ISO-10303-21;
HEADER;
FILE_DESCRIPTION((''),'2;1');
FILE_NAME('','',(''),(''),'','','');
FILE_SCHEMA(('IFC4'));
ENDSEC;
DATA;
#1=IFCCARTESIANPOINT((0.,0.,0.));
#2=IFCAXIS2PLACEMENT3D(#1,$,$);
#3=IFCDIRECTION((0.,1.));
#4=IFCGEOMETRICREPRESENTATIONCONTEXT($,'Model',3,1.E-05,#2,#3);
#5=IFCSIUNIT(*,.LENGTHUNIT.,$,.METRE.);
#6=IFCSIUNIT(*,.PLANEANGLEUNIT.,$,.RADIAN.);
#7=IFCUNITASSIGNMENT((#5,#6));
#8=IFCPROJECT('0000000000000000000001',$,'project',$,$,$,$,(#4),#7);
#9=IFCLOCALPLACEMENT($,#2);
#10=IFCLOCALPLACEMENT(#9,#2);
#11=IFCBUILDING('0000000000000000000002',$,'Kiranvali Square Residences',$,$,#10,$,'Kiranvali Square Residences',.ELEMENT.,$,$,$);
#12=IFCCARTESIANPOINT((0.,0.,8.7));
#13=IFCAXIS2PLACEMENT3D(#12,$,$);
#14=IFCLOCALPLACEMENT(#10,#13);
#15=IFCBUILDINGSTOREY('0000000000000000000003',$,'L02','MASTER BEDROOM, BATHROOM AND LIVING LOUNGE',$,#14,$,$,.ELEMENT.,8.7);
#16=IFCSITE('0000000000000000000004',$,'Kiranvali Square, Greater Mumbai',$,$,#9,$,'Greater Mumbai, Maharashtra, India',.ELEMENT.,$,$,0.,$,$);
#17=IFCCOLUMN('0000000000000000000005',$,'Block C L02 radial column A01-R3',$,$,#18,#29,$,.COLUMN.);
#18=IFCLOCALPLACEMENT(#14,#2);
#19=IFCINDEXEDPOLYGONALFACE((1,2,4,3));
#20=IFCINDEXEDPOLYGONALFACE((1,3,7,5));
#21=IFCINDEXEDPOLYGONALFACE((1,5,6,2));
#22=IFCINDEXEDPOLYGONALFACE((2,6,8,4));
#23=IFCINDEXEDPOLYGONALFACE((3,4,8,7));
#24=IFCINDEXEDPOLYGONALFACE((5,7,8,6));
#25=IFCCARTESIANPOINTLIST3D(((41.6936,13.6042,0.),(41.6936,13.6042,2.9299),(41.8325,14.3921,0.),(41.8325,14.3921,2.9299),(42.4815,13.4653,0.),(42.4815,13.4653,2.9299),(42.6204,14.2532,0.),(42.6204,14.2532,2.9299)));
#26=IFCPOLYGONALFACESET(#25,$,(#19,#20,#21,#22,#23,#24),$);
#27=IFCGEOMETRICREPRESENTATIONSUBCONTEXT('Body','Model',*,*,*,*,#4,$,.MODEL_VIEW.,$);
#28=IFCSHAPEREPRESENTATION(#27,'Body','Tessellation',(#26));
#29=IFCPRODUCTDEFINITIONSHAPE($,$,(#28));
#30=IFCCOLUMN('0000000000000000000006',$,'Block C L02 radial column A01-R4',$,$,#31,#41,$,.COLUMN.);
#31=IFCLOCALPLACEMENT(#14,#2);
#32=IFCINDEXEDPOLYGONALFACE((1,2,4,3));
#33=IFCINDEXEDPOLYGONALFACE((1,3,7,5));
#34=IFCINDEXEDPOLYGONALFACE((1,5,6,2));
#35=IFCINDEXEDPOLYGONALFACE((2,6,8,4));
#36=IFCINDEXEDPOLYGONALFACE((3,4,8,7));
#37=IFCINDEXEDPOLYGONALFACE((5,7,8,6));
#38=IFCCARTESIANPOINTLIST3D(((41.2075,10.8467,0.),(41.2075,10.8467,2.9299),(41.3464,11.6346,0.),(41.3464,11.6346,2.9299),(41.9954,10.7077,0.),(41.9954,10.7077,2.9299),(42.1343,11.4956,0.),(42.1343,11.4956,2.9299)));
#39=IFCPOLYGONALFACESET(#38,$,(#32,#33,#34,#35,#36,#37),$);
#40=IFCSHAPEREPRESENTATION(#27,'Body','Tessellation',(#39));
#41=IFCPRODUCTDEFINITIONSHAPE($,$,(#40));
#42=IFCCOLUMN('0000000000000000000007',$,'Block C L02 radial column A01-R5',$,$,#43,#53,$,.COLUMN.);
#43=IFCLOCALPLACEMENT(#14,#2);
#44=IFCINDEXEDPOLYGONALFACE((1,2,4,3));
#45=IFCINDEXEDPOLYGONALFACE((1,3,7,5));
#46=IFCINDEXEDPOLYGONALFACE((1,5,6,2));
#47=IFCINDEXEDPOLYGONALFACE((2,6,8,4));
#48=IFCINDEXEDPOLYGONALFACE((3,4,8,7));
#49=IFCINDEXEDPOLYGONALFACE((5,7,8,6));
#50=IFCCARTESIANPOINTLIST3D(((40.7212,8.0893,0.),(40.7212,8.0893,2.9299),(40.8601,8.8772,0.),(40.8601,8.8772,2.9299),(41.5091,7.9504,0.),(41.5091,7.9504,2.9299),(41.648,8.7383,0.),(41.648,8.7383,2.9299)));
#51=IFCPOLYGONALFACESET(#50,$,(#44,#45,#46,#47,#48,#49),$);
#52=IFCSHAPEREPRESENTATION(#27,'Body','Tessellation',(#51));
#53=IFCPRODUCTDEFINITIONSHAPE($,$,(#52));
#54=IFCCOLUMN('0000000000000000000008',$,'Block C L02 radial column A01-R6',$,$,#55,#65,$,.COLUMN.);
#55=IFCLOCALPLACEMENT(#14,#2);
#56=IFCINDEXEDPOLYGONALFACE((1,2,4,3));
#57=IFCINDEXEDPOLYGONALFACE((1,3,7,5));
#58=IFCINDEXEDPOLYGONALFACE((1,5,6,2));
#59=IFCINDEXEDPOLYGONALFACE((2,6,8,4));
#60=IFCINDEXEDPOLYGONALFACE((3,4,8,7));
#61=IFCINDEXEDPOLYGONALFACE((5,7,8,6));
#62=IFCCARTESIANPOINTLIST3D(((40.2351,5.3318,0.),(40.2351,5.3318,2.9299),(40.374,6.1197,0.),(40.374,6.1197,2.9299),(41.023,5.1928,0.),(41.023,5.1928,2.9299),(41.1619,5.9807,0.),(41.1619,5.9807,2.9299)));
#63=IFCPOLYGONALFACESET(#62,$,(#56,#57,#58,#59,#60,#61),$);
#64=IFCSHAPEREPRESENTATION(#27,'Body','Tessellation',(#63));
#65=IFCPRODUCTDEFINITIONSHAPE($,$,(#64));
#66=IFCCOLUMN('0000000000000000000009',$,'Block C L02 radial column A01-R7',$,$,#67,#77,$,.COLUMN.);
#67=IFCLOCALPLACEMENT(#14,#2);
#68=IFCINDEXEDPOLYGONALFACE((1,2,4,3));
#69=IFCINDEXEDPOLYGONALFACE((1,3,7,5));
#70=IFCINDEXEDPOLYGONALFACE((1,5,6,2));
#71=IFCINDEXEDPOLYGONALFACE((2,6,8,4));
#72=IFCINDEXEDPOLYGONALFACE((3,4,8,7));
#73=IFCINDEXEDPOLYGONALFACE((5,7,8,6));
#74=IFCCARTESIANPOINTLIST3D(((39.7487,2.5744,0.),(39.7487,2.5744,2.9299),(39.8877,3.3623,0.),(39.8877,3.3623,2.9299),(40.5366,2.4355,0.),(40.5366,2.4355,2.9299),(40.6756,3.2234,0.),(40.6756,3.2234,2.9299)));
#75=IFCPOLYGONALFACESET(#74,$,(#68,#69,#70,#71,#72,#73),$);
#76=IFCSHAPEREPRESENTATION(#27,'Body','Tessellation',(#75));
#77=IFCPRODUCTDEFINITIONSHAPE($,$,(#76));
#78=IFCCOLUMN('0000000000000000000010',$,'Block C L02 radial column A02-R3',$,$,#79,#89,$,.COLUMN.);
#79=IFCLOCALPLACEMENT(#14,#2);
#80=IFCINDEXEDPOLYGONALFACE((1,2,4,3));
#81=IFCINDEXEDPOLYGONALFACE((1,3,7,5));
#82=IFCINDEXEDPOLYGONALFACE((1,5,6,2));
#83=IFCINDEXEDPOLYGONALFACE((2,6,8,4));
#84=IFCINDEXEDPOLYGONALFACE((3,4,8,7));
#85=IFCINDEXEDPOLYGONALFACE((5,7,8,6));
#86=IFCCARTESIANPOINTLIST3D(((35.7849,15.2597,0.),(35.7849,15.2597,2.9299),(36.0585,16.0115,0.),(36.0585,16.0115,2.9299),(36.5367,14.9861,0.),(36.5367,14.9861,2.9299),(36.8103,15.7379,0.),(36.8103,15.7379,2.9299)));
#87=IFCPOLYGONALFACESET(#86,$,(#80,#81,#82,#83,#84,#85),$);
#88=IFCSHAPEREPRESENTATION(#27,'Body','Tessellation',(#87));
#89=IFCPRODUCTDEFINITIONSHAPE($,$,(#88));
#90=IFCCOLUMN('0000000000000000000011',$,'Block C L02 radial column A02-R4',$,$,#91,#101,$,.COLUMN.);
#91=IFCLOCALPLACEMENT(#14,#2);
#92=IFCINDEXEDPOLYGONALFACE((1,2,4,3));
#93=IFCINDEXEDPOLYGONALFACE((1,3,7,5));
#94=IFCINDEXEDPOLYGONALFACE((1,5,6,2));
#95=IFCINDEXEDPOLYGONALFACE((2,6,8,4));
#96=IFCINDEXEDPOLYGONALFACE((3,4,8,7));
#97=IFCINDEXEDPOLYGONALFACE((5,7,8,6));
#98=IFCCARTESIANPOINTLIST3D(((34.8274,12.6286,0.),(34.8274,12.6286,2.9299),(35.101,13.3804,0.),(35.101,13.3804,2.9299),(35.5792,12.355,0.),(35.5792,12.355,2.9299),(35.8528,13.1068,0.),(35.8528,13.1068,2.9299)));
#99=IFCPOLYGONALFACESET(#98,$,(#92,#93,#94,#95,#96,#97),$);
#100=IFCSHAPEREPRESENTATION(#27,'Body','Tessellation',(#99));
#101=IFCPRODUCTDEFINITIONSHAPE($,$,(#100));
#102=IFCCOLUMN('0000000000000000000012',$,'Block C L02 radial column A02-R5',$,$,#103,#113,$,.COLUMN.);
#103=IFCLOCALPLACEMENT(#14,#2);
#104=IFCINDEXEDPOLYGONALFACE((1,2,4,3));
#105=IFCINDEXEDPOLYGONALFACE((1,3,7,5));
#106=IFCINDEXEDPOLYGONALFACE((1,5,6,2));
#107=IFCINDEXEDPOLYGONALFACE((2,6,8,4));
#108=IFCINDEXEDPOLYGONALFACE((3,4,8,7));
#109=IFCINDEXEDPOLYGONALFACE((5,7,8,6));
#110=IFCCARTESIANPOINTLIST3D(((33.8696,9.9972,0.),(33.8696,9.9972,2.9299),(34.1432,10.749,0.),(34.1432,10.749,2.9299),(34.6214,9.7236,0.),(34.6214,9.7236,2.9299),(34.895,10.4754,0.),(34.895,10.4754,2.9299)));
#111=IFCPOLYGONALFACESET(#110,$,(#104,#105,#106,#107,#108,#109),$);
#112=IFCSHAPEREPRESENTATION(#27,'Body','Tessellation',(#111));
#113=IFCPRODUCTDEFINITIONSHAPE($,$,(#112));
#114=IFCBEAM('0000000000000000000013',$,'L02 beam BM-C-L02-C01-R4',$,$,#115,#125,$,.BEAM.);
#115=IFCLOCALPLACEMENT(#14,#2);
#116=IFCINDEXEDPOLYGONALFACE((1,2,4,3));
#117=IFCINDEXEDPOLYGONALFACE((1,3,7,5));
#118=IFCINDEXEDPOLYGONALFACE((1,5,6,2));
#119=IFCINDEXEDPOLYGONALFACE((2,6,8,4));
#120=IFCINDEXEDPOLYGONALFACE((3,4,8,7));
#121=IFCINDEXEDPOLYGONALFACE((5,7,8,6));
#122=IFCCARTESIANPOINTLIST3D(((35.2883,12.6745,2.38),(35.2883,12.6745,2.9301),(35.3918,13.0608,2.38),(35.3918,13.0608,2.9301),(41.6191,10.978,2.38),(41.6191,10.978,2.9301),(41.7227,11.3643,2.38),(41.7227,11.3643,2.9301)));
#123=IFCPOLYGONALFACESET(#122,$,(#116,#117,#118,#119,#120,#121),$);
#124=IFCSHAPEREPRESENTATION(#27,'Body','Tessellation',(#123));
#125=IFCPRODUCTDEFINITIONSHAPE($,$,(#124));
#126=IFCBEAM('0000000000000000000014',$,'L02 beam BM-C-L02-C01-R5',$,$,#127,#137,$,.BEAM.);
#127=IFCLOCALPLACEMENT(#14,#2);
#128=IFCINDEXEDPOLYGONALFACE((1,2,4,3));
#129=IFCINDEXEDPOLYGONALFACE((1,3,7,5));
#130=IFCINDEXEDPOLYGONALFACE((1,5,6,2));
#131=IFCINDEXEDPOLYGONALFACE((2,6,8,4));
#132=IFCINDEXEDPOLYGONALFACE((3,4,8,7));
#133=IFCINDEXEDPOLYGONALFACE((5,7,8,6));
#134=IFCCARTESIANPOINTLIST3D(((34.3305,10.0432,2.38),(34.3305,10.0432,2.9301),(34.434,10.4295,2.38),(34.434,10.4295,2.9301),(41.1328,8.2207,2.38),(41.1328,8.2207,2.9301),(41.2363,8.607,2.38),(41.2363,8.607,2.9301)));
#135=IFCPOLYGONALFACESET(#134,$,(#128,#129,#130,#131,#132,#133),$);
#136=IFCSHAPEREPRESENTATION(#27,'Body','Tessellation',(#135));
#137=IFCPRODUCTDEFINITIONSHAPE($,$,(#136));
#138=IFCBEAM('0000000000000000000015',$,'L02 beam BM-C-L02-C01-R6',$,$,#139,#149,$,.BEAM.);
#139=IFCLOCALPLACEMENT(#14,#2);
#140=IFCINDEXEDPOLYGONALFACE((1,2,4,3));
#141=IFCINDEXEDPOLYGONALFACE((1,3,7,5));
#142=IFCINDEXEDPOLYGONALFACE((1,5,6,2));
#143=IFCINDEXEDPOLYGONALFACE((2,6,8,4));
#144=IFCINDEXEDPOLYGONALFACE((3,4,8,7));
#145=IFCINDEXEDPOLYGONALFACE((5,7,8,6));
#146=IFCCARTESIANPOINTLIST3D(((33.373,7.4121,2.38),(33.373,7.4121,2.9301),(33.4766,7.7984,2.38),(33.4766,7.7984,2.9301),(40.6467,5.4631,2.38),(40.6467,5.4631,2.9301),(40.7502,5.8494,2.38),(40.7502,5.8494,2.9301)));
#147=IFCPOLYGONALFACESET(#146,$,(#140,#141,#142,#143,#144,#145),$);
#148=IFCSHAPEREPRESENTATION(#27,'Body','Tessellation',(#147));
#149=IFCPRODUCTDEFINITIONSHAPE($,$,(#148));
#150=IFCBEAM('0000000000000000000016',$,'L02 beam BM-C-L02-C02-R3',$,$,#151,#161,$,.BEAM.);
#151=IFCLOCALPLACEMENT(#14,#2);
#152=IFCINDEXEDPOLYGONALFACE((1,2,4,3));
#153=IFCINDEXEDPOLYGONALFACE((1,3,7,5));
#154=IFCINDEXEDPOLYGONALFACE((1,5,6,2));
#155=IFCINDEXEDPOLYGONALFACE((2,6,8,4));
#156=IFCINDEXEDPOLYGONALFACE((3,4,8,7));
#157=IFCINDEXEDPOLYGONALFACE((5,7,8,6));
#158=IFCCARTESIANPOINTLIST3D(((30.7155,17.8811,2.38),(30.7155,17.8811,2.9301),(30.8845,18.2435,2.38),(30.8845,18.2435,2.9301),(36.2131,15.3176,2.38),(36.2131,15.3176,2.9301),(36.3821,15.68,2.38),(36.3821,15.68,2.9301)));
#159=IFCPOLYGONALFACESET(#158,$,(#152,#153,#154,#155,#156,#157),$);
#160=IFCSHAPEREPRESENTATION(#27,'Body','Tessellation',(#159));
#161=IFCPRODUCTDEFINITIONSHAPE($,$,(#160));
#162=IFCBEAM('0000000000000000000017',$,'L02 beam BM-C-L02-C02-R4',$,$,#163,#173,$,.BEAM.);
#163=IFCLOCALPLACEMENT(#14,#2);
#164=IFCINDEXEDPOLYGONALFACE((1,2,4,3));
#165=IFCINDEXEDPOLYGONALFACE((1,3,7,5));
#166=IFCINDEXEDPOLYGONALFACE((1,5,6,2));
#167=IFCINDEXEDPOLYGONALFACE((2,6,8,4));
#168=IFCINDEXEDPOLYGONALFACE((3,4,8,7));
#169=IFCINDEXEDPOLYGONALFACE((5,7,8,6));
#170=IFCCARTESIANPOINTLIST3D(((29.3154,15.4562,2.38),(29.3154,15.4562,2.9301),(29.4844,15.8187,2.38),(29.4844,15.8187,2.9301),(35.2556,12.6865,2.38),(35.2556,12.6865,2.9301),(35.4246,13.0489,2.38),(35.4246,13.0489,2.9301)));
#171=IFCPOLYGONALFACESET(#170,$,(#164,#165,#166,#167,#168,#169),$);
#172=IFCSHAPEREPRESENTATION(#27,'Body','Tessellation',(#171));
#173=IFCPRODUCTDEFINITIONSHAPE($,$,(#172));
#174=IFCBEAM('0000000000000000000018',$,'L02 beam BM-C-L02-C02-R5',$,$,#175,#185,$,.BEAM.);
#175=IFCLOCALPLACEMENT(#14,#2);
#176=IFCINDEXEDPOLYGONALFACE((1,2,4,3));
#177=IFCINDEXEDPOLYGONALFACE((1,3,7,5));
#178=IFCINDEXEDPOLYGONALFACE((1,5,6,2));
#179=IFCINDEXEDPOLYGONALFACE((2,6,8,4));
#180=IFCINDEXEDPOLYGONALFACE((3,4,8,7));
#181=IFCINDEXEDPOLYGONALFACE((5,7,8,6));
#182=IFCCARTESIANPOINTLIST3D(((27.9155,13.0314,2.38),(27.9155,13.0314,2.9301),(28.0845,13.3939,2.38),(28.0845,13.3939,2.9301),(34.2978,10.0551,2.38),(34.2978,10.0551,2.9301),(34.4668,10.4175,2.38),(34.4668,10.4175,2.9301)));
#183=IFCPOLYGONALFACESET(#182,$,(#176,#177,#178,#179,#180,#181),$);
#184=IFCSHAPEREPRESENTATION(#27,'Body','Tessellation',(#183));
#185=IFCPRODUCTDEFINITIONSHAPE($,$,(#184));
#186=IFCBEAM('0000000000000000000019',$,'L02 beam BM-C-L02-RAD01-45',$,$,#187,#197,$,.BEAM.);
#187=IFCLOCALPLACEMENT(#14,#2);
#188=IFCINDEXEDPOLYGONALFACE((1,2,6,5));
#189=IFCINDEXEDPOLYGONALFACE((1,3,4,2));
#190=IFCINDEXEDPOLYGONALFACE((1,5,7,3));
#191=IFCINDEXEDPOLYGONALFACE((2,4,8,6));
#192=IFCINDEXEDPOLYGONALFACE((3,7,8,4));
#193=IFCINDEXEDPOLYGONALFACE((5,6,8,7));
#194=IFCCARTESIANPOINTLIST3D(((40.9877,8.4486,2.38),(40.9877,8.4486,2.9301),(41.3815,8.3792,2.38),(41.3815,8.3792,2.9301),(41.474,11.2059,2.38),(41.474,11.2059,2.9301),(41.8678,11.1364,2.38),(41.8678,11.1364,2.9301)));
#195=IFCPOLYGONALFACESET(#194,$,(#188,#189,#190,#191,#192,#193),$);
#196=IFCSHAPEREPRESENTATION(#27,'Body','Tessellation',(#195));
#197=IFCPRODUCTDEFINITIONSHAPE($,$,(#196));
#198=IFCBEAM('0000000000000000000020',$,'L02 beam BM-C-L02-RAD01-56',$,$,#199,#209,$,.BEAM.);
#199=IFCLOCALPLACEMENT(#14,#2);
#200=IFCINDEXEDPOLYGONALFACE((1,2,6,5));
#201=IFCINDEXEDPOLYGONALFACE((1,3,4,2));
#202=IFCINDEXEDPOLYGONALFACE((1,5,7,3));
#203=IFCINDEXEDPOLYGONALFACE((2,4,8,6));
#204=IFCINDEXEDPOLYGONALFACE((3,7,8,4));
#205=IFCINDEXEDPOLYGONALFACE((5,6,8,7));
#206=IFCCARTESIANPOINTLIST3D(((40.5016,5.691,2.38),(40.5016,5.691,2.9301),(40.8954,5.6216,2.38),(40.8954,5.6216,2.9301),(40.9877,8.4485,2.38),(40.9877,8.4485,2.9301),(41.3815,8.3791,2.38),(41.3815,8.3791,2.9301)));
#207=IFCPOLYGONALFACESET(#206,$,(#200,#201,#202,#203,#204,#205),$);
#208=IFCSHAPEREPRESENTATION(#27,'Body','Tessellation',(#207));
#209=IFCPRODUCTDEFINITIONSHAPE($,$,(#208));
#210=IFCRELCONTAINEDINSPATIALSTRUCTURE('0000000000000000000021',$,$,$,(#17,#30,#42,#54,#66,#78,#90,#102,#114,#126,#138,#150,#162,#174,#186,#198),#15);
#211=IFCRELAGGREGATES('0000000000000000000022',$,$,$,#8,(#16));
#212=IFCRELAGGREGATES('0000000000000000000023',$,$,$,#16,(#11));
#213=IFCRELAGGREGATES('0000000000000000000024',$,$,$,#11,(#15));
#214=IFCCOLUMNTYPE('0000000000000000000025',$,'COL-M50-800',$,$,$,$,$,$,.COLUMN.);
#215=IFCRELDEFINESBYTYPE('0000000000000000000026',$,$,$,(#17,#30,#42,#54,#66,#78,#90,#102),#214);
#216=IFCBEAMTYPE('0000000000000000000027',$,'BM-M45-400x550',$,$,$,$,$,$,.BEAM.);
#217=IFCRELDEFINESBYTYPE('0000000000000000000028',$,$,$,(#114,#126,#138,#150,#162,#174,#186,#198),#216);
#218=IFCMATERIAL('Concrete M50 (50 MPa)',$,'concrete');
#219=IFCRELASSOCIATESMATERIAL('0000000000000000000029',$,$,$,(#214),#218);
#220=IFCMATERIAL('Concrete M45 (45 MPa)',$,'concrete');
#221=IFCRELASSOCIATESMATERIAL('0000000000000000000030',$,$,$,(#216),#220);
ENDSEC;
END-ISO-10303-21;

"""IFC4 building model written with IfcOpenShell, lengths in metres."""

from ifc_helpers import new_model, si_unit, direction, frame, origin, origin_2d, place, context, subcontext, project, spatial, rectangle, extrude, material, material_profile, profile_set, type_object, element, save


model = new_model("IFC4")

# Units and contexts
model_context = context("Model", 3, precision=1e-05, world=origin(), true_north=direction((0.0, 1.0)))
body_context = subcontext(model_context, "Body", "Model", "MODEL_VIEW")
ifc_project = project(units=[si_unit("LENGTHUNIT", "METRE"), si_unit("PLANEANGLEUNIT", "RADIAN")], contexts=[model_context])

# Site, building, storey
site_placement = place(None, origin())
site = spatial("IfcSite", under=ifc_project, at=site_placement, Name="Kiranvali Square, Greater Mumbai", LongName="Greater Mumbai, Maharashtra, India", CompositionType="ELEMENT", RefElevation=0.0)
building_placement = place(site_placement, origin())
building = spatial("IfcBuilding", under=site, at=building_placement, Name="Kiranvali Square Residences", LongName="Kiranvali Square Residences", CompositionType="ELEMENT")
storey_placement = place(building_placement, frame((0.0, 0.0, 8.7)))
storey = spatial("IfcBuildingStorey", under=building, at=storey_placement, Name="L02", Description="MASTER BEDROOM, BATHROOM AND LIVING LOUNGE", CompositionType="ELEMENT", Elevation=8.7)

# Columns
ifc_material_1 = material(Name="Concrete M50 (50 MPa)", Category="concrete")
ifc_material_profile_1 = material_profile(ifc_material_1, rectangle(XDim=0.8, YDim=0.8, at=origin_2d()), Name="RC 800x800")
ifc_profile_set_1 = profile_set([ifc_material_profile_1], Name="Concrete M50 (50 MPa)")
column_type = type_object("IfcColumnType", Name="COL-M50-800", PredefinedType="COLUMN", material=ifc_profile_set_1)
for number, where, z_axis, x_axis, name in (
    (1, (42.157, 13.9287, 0.0), (0.0, 0.0, 1.0), (-0.984808, 0.173648, 0.0), "Block C L02 radial column A01-R3"),
    (2, (41.6709, 11.1711, 0.0), (0.0, 0.0, 1.0), (-0.984808, 0.173648, 0.0), "Block C L02 radial column A01-R4"),
    (3, (41.1846, 8.4138, 0.0), (0.0, 0.0, 1.0), (-0.984808, 0.173648, 0.0), "Block C L02 radial column A01-R5"),
    (4, (40.6985, 5.6562, 0.0), (0.0, 0.0, 1.0), (-0.984808, 0.173648, 0.0), "Block C L02 radial column A01-R6"),
    (5, (40.2122, 2.8989, 0.0), (0.0, 0.0, 1.0), (-0.984808, 0.173648, 0.0), "Block C L02 radial column A01-R7"),
    (6, (36.2976, 15.4988, 0.0), (0.0, 0.0, 1.0), (-0.939693, 0.34202, 0.0), "Block C L02 radial column A02-R3"),
    (7, (35.3401, 12.8677, 0.0), (0.0, 0.0, 1.0), (-0.939693, 0.34202, 0.0), "Block C L02 radial column A02-R4"),
    (8, (34.3823, 10.2363, 0.0), (0.0, 0.0, 1.0), (-0.939693, 0.34202, 0.0), "Block C L02 radial column A02-R5"),
):
    element("IfcColumn", number, at=place(storey_placement, frame(where, z_axis=z_axis, x_axis=x_axis)), inside=storey, type_object=column_type, Name=name, PredefinedType="COLUMN", context=body_context, shape_type="SweptSolid", body=[
        extrude(rectangle(XDim=0.8, YDim=0.8, at=origin_2d()), origin(), (0.0, 0.0, 1.0), 2.9299),
    ])

# Beams
ifc_material_2 = material(Name="Concrete M45 (45 MPa)", Category="concrete")
ifc_material_profile_2 = material_profile(ifc_material_2, rectangle(XDim=0.3999, YDim=0.55, at=origin_2d()), Name="RC 400x550")
ifc_profile_set_2 = profile_set([ifc_material_profile_2], Name="Concrete M45 (45 MPa)")
beam_type_1 = type_object("IfcBeamType", Name="BM-M45-400x550", PredefinedType="BEAM", material=ifc_profile_set_2)
beam_1_placement = place(storey_placement, frame((41.6709, 11.1711, 2.655), z_axis=(-0.965918, 0.258847, 0.0), x_axis=(-0.258847, -0.965918, 0.0)))
element("IfcBeam", 9, at=beam_1_placement, inside=storey, type_object=beam_type_1, Name="L02 beam BM-C-L02-C01-R4", PredefinedType="BEAM", context=body_context, shape_type="SweptSolid", body=[
    extrude(rectangle(XDim=0.3999, YDim=0.55, at=origin_2d()), origin(), (0.0, 0.0, 1.0), 6.5542),
])
beam_2_placement = place(storey_placement, frame((41.1846, 8.4138, 2.655), z_axis=(-0.965931, 0.2588, 0.0), x_axis=(-0.2588, -0.965931, 0.0)))
element("IfcBeam", 10, at=beam_2_placement, inside=storey, type_object=beam_type_1, Name="L02 beam BM-C-L02-C01-R5", PredefinedType="BEAM", context=body_context, shape_type="SweptSolid", body=[
    extrude(rectangle(XDim=0.3999, YDim=0.55, at=origin_2d()), origin(), (0.0, 0.0, 1.0), 7.0422),
])
beam_3_placement = place(storey_placement, frame((40.6985, 5.6562, 2.655), z_axis=(-0.965926, 0.258819, 0.0), x_axis=(-0.258819, -0.965926, 0.0)))
element("IfcBeam", 11, at=beam_3_placement, inside=storey, type_object=beam_type_1, Name="L02 beam BM-C-L02-C01-R6", PredefinedType="BEAM", context=body_context, shape_type="SweptSolid", body=[
    extrude(rectangle(XDim=0.3999, YDim=0.55, at=origin_2d()), origin(), (0.0, 0.0, 1.0), 7.5303),
])
beam_4_placement = place(storey_placement, frame((36.2976, 15.4988, 2.655), z_axis=(-0.906313, 0.422608, 0.0), x_axis=(-0.422608, -0.906313, 0.0)))
element("IfcBeam", 12, at=beam_4_placement, inside=storey, type_object=beam_type_1, Name="L02 beam BM-C-L02-C02-R3", PredefinedType="BEAM", context=body_context, shape_type="SweptSolid", body=[
    extrude(rectangle(XDim=0.3999, YDim=0.55, at=origin_2d()), origin(), (0.0, 0.0, 1.0), 6.0659),
])
beam_5_placement = place(storey_placement, frame((35.3401, 12.8677, 2.655), z_axis=(-0.906318, 0.422596, 0.0), x_axis=(-0.422596, -0.906318, 0.0)))
element("IfcBeam", 13, at=beam_5_placement, inside=storey, type_object=beam_type_1, Name="L02 beam BM-C-L02-C02-R4", PredefinedType="BEAM", context=body_context, shape_type="SweptSolid", body=[
    extrude(rectangle(XDim=0.3999, YDim=0.55, at=origin_2d()), origin(), (0.0, 0.0, 1.0), 6.5542),
])
beam_6_placement = place(storey_placement, frame((34.3823, 10.2363, 2.655), z_axis=(-0.906297, 0.422641, 0.0), x_axis=(-0.422641, -0.906297, 0.0)))
element("IfcBeam", 14, at=beam_6_placement, inside=storey, type_object=beam_type_1, Name="L02 beam BM-C-L02-C02-R5", PredefinedType="BEAM", context=body_context, shape_type="SweptSolid", body=[
    extrude(rectangle(XDim=0.3999, YDim=0.55, at=origin_2d()), origin(), (0.0, 0.0, 1.0), 7.0422),
])
beam_7_placement = place(storey_placement, frame((41.6709, 11.1711, 2.655), z_axis=(-0.173696, -0.984799, 0.0), x_axis=(0.984799, -0.173696, 0.0)))
element("IfcBeam", 15, at=beam_7_placement, inside=storey, type_object=beam_type_1, Name="L02 beam BM-C-L02-RAD01-45", PredefinedType="BEAM", context=body_context, shape_type="SweptSolid", body=[
    extrude(rectangle(XDim=0.3999, YDim=0.55, at=origin_2d()), origin(), (0.0, 0.0, 1.0), 2.7998),
])
beam_8_placement = place(storey_placement, frame((41.1846, 8.4138, 2.655), z_axis=(-0.173596, -0.984817, 0.0), x_axis=(0.984817, -0.173596, 0.0)))
element("IfcBeam", 16, at=beam_8_placement, inside=storey, type_object=beam_type_1, Name="L02 beam BM-C-L02-RAD01-56", PredefinedType="BEAM", context=body_context, shape_type="SweptSolid", body=[
    extrude(rectangle(XDim=0.3999, YDim=0.55, at=origin_2d()), origin(), (0.0, 0.0, 1.0), 2.8),
])

save(model, "model.ifc")
